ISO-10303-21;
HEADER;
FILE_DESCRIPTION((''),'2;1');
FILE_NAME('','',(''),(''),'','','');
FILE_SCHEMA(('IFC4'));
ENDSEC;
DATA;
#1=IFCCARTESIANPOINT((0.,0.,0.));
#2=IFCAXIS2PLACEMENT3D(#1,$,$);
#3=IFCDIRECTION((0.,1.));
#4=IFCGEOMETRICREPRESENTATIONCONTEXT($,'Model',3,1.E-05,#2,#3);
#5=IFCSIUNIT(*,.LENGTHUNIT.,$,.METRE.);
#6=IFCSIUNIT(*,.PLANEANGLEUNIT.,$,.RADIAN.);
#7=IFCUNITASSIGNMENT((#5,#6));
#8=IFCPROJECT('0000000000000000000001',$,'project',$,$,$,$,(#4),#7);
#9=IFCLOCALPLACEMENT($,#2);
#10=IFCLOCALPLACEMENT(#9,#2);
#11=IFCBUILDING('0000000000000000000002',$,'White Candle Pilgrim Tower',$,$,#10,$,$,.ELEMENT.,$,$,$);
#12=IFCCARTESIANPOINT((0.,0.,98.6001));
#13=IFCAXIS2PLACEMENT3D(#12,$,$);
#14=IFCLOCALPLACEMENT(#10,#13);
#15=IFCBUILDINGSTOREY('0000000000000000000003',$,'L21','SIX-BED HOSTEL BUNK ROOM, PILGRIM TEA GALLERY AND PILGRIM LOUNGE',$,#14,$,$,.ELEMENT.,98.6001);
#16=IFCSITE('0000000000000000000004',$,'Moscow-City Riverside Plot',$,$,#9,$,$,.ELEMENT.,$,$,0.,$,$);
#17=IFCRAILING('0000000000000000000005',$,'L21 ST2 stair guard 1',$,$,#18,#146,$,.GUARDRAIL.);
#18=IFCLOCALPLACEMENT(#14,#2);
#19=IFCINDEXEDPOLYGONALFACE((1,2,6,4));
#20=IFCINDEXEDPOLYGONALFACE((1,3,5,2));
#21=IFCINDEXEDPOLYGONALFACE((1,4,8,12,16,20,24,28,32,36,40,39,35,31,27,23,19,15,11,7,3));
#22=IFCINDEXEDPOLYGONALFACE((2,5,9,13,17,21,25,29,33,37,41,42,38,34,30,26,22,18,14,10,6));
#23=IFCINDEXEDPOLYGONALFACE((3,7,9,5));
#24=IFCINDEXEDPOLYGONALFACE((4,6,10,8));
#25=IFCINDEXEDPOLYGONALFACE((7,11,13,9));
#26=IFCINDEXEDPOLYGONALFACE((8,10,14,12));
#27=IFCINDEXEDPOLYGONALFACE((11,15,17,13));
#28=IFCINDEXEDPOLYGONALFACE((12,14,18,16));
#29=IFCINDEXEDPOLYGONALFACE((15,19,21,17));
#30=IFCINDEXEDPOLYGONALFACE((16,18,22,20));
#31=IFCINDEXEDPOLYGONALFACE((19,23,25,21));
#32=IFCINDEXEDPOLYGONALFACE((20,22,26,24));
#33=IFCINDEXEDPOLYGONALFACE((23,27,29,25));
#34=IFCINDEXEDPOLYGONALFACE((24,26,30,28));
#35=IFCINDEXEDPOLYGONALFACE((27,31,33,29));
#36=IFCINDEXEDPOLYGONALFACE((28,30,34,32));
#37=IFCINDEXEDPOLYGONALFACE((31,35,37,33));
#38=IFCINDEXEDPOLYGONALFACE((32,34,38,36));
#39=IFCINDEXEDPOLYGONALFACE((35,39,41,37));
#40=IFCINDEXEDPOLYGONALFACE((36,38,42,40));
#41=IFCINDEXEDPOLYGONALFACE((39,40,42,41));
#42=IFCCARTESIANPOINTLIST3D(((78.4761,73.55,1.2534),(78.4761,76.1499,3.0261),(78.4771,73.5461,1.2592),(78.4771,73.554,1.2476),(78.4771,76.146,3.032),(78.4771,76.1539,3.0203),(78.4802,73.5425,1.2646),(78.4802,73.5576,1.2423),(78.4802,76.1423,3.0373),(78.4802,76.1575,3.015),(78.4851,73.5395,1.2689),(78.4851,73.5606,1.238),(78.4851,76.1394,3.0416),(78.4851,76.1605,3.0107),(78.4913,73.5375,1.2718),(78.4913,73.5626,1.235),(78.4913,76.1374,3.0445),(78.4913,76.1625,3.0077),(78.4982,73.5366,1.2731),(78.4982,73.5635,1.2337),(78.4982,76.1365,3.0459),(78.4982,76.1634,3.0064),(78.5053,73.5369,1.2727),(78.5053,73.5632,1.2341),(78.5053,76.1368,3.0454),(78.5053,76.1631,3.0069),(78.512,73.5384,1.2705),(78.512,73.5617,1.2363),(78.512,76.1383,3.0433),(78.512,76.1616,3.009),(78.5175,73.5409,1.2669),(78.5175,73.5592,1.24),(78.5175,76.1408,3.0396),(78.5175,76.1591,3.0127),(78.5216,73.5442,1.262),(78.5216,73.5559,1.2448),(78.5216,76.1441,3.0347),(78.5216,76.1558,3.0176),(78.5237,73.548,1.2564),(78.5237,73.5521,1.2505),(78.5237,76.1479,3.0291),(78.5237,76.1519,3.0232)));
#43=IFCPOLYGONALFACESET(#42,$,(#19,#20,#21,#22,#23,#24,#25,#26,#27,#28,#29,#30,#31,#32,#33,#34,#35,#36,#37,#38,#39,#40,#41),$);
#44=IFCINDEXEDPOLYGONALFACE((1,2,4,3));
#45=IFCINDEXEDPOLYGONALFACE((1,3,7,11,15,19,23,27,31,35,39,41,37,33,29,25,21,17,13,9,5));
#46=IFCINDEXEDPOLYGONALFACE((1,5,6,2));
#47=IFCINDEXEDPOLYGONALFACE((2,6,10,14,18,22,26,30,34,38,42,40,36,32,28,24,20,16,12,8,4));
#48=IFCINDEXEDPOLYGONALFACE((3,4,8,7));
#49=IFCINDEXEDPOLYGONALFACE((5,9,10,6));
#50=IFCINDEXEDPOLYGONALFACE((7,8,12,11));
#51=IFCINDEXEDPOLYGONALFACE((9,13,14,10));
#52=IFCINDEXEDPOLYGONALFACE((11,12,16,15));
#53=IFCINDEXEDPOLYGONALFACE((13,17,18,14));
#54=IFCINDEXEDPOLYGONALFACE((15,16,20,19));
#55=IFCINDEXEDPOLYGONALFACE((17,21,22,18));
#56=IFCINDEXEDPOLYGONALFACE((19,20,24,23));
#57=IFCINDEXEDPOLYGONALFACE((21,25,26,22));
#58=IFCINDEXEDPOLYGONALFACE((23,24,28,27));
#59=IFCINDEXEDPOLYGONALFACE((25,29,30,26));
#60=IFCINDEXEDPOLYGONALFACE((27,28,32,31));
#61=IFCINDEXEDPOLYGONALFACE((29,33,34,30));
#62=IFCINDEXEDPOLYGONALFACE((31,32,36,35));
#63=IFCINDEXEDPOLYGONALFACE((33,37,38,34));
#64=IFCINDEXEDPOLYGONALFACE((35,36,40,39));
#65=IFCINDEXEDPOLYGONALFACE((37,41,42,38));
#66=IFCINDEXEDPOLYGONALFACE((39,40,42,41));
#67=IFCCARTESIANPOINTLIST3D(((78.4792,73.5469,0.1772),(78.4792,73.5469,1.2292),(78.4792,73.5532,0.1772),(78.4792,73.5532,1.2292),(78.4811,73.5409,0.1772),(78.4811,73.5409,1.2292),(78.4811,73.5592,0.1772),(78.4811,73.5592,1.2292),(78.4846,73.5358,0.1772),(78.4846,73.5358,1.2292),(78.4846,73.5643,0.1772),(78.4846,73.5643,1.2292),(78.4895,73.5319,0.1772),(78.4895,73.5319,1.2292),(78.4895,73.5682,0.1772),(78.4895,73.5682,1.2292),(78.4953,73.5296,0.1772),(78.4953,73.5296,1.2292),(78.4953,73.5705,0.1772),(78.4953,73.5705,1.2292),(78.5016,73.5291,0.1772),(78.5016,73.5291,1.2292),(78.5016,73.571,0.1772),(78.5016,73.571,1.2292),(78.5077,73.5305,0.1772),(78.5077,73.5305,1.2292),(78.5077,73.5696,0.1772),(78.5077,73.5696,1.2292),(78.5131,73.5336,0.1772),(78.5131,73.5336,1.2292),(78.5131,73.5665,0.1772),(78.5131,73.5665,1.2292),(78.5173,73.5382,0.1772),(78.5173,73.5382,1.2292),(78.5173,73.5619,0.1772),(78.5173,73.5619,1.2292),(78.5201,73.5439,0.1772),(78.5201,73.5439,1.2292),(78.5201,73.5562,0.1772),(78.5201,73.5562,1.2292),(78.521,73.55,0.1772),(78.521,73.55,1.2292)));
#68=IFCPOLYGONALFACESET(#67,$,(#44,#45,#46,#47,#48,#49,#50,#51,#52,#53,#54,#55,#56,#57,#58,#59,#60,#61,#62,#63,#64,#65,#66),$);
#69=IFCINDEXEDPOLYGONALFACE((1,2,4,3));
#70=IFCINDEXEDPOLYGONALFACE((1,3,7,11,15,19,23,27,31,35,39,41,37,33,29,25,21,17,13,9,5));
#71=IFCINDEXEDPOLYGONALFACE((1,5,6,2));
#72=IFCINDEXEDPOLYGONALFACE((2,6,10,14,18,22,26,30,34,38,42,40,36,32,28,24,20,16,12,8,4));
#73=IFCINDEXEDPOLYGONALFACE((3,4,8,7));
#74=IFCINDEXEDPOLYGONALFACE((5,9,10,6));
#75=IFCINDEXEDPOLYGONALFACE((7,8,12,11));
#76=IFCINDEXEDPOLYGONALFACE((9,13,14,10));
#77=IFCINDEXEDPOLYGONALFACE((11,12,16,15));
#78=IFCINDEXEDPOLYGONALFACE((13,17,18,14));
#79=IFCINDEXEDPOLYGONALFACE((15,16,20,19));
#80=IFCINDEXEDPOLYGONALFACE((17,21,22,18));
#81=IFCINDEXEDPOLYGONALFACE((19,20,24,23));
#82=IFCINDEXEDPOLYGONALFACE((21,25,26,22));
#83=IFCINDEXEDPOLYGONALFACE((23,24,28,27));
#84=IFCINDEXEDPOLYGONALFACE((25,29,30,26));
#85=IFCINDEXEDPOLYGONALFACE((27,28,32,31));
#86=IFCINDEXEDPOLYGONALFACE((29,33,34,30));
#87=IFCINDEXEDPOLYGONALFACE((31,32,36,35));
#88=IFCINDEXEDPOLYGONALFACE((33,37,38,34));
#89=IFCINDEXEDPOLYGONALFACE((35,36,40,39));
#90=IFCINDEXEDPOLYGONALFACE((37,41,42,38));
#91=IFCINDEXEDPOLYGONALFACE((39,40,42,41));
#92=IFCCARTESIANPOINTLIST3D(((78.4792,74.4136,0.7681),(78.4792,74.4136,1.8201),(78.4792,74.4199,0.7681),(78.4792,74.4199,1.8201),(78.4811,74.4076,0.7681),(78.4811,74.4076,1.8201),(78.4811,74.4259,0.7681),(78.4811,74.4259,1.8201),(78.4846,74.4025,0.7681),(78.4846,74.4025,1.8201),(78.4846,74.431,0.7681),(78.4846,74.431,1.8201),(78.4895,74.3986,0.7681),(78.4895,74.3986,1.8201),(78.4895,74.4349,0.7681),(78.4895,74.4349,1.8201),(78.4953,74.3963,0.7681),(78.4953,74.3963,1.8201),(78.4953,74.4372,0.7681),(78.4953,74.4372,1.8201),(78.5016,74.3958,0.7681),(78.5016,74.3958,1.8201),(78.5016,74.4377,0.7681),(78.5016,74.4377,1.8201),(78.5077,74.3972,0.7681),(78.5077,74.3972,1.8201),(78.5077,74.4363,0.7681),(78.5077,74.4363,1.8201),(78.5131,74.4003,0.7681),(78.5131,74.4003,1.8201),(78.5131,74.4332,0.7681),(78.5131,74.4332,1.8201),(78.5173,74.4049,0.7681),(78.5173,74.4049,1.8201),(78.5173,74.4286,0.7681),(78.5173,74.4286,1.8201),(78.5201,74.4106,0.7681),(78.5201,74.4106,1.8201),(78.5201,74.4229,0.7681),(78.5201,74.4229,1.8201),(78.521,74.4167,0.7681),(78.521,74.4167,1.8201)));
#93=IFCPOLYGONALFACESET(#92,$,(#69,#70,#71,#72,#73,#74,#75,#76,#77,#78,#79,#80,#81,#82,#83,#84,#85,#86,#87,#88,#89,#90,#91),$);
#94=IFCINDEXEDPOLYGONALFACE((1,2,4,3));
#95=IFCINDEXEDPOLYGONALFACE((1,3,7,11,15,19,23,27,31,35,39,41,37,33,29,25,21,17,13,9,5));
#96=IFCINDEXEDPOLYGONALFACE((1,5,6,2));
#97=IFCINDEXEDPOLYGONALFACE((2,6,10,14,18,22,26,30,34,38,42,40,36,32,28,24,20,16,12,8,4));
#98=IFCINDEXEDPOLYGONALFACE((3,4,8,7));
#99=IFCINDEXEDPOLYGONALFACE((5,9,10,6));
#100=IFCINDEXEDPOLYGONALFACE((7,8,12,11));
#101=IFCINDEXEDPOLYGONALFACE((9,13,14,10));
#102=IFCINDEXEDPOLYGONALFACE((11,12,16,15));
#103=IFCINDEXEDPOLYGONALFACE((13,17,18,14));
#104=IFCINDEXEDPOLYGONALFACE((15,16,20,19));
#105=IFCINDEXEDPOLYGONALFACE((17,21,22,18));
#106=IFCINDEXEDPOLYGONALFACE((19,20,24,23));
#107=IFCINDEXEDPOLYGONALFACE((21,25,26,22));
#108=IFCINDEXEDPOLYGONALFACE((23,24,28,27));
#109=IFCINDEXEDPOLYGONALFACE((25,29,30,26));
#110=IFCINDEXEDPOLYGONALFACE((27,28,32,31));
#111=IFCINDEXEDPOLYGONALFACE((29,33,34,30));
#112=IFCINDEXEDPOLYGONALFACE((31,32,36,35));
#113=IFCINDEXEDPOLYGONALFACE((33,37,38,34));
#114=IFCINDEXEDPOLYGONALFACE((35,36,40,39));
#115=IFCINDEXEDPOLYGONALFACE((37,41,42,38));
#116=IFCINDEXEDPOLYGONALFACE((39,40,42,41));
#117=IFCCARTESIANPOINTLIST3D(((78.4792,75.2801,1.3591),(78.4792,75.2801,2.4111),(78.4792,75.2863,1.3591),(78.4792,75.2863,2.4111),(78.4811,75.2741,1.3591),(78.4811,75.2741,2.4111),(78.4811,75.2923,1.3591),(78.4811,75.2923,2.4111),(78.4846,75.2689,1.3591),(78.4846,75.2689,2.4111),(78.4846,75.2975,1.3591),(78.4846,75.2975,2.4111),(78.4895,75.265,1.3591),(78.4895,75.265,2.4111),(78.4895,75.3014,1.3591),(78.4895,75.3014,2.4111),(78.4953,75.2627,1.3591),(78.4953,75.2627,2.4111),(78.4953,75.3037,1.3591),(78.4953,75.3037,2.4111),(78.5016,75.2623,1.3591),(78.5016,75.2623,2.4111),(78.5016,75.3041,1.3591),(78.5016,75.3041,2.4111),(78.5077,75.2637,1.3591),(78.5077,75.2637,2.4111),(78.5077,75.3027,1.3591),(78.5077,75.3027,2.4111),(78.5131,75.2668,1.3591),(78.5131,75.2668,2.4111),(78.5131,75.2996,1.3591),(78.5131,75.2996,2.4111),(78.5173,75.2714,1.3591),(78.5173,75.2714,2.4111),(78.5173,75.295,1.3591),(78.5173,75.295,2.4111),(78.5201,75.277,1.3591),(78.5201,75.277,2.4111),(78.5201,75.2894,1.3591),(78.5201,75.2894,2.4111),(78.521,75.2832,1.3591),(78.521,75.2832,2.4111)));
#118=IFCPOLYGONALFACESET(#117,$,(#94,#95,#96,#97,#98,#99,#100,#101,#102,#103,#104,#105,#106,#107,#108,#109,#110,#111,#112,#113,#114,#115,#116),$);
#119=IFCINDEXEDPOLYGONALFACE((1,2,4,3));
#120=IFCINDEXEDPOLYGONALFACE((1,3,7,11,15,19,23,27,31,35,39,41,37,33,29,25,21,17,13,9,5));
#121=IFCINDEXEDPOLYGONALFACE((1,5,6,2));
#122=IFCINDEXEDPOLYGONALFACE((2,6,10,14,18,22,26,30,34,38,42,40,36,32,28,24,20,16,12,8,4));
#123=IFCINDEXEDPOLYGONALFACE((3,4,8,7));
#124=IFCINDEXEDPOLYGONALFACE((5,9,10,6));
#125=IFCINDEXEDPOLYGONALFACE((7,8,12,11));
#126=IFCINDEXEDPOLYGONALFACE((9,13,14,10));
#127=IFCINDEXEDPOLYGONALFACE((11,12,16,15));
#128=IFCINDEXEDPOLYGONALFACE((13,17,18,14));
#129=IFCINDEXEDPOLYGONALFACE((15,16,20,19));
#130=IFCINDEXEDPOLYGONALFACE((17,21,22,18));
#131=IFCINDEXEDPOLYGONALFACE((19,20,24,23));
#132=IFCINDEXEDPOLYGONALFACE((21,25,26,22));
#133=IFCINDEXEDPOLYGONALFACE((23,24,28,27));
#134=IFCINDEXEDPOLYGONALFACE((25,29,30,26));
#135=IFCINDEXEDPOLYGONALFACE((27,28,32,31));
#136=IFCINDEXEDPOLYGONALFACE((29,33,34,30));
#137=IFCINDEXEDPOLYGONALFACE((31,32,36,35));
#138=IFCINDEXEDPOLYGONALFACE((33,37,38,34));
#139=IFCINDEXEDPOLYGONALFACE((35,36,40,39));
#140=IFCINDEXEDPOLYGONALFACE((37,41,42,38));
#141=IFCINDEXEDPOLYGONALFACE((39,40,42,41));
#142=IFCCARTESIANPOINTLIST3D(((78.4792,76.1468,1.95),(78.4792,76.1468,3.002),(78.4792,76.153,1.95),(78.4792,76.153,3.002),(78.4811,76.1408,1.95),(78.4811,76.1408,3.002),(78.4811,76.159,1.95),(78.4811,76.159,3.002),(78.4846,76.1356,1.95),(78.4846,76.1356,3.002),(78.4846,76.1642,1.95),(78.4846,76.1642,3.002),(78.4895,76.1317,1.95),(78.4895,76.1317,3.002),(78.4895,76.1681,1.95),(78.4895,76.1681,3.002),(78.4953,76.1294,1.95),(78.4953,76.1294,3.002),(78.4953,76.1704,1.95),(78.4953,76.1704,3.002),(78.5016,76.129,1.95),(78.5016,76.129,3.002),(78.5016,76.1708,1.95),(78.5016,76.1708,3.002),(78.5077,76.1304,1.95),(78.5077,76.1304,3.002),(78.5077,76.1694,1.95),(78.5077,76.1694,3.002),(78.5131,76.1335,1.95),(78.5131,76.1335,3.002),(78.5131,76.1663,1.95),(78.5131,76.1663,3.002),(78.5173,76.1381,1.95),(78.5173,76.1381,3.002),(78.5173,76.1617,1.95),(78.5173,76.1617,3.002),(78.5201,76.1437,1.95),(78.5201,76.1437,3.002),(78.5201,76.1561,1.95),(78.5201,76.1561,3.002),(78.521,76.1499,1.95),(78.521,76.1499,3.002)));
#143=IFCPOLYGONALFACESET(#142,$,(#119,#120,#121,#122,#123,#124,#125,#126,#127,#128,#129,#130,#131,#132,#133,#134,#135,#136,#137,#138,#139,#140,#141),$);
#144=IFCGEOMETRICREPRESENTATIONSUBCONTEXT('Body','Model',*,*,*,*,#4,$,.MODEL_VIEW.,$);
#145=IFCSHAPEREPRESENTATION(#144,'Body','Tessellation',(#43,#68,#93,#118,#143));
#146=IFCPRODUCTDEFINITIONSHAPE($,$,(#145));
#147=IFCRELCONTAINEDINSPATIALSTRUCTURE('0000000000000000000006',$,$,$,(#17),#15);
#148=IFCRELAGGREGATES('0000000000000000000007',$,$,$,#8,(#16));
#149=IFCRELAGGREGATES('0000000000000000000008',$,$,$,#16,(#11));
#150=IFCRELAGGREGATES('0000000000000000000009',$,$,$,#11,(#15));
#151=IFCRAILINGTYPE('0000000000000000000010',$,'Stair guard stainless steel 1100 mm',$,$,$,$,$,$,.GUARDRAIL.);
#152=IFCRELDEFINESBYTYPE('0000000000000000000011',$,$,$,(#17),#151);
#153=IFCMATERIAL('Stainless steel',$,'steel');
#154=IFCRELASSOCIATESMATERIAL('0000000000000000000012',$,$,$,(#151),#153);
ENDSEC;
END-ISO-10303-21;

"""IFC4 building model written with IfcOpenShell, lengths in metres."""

from ifc_helpers import new_model, si_unit, direction, frame, origin, origin_2d, place, context, subcontext, project, spatial, circle, extrude, material, type_object, element, save


model = new_model("IFC4")

# Units and contexts
model_context = context("Model", 3, precision=1e-05, world=origin(), true_north=direction((0.0, 1.0)))
body_context = subcontext(model_context, "Body", "Model", "MODEL_VIEW")
ifc_project = project(units=[si_unit("LENGTHUNIT", "METRE"), si_unit("PLANEANGLEUNIT", "RADIAN")], contexts=[model_context])

# Site, building, storey
site_placement = place(None, origin())
site = spatial("IfcSite", under=ifc_project, at=site_placement, Name="Moscow-City Riverside Plot", CompositionType="ELEMENT", RefElevation=0.0)
building_placement = place(site_placement, origin())
building = spatial("IfcBuilding", under=site, at=building_placement, Name="White Candle Pilgrim Tower", CompositionType="ELEMENT")
storey_placement = place(building_placement, frame((0.0, 0.0, 98.6001)))
storey = spatial("IfcBuildingStorey", under=building, at=storey_placement, Name="L21", Description="SIX-BED HOSTEL BUNK ROOM, PILGRIM TEA GALLERY AND PILGRIM LOUNGE", CompositionType="ELEMENT", Elevation=98.6001)

# Railing
ifc_material_1 = material(Name="Stainless steel", Category="steel")
railing_type_1 = type_object("IfcRailingType", Name="Stair guard stainless steel 1100 mm", PredefinedType="GUARDRAIL", material=ifc_material_1)
railing_1_placement = place(storey_placement, frame((78.5, 73.55, 0.1772)))
element("IfcRailing", 1, at=railing_1_placement, inside=storey, type_object=railing_type_1, Name="L21 ST2 stair guard 1", PredefinedType="GUARDRAIL", context=body_context, shape_type="SweptSolid", body=[
    extrude(circle(Radius=0.0239, at=origin_2d()), frame((0.0, 0.0, 1.0762), z_axis=(0.0, 0.826216, 0.563354), x_axis=(-1.0, 0.0, 0.0)), (0.0, 0.0, 1.0), 3.1467),
    extrude(circle(Radius=0.021, at=origin_2d()), origin(), (0.0, 0.0, 1.0), 1.052),
    extrude(circle(Radius=0.021, at=origin_2d()), frame((0.0, 0.8667, 0.5908)), (0.0, 0.0, 1.0), 1.052),
    extrude(circle(Radius=0.021, at=origin_2d()), frame((0.0, 1.7332, 1.1819)), (0.0, 0.0, 1.0), 1.052),
    extrude(circle(Radius=0.021, at=origin_2d()), frame((0.0, 2.5999, 1.7727)), (0.0, 0.0, 1.0), 1.052),
])

save(model, "model.ifc")
